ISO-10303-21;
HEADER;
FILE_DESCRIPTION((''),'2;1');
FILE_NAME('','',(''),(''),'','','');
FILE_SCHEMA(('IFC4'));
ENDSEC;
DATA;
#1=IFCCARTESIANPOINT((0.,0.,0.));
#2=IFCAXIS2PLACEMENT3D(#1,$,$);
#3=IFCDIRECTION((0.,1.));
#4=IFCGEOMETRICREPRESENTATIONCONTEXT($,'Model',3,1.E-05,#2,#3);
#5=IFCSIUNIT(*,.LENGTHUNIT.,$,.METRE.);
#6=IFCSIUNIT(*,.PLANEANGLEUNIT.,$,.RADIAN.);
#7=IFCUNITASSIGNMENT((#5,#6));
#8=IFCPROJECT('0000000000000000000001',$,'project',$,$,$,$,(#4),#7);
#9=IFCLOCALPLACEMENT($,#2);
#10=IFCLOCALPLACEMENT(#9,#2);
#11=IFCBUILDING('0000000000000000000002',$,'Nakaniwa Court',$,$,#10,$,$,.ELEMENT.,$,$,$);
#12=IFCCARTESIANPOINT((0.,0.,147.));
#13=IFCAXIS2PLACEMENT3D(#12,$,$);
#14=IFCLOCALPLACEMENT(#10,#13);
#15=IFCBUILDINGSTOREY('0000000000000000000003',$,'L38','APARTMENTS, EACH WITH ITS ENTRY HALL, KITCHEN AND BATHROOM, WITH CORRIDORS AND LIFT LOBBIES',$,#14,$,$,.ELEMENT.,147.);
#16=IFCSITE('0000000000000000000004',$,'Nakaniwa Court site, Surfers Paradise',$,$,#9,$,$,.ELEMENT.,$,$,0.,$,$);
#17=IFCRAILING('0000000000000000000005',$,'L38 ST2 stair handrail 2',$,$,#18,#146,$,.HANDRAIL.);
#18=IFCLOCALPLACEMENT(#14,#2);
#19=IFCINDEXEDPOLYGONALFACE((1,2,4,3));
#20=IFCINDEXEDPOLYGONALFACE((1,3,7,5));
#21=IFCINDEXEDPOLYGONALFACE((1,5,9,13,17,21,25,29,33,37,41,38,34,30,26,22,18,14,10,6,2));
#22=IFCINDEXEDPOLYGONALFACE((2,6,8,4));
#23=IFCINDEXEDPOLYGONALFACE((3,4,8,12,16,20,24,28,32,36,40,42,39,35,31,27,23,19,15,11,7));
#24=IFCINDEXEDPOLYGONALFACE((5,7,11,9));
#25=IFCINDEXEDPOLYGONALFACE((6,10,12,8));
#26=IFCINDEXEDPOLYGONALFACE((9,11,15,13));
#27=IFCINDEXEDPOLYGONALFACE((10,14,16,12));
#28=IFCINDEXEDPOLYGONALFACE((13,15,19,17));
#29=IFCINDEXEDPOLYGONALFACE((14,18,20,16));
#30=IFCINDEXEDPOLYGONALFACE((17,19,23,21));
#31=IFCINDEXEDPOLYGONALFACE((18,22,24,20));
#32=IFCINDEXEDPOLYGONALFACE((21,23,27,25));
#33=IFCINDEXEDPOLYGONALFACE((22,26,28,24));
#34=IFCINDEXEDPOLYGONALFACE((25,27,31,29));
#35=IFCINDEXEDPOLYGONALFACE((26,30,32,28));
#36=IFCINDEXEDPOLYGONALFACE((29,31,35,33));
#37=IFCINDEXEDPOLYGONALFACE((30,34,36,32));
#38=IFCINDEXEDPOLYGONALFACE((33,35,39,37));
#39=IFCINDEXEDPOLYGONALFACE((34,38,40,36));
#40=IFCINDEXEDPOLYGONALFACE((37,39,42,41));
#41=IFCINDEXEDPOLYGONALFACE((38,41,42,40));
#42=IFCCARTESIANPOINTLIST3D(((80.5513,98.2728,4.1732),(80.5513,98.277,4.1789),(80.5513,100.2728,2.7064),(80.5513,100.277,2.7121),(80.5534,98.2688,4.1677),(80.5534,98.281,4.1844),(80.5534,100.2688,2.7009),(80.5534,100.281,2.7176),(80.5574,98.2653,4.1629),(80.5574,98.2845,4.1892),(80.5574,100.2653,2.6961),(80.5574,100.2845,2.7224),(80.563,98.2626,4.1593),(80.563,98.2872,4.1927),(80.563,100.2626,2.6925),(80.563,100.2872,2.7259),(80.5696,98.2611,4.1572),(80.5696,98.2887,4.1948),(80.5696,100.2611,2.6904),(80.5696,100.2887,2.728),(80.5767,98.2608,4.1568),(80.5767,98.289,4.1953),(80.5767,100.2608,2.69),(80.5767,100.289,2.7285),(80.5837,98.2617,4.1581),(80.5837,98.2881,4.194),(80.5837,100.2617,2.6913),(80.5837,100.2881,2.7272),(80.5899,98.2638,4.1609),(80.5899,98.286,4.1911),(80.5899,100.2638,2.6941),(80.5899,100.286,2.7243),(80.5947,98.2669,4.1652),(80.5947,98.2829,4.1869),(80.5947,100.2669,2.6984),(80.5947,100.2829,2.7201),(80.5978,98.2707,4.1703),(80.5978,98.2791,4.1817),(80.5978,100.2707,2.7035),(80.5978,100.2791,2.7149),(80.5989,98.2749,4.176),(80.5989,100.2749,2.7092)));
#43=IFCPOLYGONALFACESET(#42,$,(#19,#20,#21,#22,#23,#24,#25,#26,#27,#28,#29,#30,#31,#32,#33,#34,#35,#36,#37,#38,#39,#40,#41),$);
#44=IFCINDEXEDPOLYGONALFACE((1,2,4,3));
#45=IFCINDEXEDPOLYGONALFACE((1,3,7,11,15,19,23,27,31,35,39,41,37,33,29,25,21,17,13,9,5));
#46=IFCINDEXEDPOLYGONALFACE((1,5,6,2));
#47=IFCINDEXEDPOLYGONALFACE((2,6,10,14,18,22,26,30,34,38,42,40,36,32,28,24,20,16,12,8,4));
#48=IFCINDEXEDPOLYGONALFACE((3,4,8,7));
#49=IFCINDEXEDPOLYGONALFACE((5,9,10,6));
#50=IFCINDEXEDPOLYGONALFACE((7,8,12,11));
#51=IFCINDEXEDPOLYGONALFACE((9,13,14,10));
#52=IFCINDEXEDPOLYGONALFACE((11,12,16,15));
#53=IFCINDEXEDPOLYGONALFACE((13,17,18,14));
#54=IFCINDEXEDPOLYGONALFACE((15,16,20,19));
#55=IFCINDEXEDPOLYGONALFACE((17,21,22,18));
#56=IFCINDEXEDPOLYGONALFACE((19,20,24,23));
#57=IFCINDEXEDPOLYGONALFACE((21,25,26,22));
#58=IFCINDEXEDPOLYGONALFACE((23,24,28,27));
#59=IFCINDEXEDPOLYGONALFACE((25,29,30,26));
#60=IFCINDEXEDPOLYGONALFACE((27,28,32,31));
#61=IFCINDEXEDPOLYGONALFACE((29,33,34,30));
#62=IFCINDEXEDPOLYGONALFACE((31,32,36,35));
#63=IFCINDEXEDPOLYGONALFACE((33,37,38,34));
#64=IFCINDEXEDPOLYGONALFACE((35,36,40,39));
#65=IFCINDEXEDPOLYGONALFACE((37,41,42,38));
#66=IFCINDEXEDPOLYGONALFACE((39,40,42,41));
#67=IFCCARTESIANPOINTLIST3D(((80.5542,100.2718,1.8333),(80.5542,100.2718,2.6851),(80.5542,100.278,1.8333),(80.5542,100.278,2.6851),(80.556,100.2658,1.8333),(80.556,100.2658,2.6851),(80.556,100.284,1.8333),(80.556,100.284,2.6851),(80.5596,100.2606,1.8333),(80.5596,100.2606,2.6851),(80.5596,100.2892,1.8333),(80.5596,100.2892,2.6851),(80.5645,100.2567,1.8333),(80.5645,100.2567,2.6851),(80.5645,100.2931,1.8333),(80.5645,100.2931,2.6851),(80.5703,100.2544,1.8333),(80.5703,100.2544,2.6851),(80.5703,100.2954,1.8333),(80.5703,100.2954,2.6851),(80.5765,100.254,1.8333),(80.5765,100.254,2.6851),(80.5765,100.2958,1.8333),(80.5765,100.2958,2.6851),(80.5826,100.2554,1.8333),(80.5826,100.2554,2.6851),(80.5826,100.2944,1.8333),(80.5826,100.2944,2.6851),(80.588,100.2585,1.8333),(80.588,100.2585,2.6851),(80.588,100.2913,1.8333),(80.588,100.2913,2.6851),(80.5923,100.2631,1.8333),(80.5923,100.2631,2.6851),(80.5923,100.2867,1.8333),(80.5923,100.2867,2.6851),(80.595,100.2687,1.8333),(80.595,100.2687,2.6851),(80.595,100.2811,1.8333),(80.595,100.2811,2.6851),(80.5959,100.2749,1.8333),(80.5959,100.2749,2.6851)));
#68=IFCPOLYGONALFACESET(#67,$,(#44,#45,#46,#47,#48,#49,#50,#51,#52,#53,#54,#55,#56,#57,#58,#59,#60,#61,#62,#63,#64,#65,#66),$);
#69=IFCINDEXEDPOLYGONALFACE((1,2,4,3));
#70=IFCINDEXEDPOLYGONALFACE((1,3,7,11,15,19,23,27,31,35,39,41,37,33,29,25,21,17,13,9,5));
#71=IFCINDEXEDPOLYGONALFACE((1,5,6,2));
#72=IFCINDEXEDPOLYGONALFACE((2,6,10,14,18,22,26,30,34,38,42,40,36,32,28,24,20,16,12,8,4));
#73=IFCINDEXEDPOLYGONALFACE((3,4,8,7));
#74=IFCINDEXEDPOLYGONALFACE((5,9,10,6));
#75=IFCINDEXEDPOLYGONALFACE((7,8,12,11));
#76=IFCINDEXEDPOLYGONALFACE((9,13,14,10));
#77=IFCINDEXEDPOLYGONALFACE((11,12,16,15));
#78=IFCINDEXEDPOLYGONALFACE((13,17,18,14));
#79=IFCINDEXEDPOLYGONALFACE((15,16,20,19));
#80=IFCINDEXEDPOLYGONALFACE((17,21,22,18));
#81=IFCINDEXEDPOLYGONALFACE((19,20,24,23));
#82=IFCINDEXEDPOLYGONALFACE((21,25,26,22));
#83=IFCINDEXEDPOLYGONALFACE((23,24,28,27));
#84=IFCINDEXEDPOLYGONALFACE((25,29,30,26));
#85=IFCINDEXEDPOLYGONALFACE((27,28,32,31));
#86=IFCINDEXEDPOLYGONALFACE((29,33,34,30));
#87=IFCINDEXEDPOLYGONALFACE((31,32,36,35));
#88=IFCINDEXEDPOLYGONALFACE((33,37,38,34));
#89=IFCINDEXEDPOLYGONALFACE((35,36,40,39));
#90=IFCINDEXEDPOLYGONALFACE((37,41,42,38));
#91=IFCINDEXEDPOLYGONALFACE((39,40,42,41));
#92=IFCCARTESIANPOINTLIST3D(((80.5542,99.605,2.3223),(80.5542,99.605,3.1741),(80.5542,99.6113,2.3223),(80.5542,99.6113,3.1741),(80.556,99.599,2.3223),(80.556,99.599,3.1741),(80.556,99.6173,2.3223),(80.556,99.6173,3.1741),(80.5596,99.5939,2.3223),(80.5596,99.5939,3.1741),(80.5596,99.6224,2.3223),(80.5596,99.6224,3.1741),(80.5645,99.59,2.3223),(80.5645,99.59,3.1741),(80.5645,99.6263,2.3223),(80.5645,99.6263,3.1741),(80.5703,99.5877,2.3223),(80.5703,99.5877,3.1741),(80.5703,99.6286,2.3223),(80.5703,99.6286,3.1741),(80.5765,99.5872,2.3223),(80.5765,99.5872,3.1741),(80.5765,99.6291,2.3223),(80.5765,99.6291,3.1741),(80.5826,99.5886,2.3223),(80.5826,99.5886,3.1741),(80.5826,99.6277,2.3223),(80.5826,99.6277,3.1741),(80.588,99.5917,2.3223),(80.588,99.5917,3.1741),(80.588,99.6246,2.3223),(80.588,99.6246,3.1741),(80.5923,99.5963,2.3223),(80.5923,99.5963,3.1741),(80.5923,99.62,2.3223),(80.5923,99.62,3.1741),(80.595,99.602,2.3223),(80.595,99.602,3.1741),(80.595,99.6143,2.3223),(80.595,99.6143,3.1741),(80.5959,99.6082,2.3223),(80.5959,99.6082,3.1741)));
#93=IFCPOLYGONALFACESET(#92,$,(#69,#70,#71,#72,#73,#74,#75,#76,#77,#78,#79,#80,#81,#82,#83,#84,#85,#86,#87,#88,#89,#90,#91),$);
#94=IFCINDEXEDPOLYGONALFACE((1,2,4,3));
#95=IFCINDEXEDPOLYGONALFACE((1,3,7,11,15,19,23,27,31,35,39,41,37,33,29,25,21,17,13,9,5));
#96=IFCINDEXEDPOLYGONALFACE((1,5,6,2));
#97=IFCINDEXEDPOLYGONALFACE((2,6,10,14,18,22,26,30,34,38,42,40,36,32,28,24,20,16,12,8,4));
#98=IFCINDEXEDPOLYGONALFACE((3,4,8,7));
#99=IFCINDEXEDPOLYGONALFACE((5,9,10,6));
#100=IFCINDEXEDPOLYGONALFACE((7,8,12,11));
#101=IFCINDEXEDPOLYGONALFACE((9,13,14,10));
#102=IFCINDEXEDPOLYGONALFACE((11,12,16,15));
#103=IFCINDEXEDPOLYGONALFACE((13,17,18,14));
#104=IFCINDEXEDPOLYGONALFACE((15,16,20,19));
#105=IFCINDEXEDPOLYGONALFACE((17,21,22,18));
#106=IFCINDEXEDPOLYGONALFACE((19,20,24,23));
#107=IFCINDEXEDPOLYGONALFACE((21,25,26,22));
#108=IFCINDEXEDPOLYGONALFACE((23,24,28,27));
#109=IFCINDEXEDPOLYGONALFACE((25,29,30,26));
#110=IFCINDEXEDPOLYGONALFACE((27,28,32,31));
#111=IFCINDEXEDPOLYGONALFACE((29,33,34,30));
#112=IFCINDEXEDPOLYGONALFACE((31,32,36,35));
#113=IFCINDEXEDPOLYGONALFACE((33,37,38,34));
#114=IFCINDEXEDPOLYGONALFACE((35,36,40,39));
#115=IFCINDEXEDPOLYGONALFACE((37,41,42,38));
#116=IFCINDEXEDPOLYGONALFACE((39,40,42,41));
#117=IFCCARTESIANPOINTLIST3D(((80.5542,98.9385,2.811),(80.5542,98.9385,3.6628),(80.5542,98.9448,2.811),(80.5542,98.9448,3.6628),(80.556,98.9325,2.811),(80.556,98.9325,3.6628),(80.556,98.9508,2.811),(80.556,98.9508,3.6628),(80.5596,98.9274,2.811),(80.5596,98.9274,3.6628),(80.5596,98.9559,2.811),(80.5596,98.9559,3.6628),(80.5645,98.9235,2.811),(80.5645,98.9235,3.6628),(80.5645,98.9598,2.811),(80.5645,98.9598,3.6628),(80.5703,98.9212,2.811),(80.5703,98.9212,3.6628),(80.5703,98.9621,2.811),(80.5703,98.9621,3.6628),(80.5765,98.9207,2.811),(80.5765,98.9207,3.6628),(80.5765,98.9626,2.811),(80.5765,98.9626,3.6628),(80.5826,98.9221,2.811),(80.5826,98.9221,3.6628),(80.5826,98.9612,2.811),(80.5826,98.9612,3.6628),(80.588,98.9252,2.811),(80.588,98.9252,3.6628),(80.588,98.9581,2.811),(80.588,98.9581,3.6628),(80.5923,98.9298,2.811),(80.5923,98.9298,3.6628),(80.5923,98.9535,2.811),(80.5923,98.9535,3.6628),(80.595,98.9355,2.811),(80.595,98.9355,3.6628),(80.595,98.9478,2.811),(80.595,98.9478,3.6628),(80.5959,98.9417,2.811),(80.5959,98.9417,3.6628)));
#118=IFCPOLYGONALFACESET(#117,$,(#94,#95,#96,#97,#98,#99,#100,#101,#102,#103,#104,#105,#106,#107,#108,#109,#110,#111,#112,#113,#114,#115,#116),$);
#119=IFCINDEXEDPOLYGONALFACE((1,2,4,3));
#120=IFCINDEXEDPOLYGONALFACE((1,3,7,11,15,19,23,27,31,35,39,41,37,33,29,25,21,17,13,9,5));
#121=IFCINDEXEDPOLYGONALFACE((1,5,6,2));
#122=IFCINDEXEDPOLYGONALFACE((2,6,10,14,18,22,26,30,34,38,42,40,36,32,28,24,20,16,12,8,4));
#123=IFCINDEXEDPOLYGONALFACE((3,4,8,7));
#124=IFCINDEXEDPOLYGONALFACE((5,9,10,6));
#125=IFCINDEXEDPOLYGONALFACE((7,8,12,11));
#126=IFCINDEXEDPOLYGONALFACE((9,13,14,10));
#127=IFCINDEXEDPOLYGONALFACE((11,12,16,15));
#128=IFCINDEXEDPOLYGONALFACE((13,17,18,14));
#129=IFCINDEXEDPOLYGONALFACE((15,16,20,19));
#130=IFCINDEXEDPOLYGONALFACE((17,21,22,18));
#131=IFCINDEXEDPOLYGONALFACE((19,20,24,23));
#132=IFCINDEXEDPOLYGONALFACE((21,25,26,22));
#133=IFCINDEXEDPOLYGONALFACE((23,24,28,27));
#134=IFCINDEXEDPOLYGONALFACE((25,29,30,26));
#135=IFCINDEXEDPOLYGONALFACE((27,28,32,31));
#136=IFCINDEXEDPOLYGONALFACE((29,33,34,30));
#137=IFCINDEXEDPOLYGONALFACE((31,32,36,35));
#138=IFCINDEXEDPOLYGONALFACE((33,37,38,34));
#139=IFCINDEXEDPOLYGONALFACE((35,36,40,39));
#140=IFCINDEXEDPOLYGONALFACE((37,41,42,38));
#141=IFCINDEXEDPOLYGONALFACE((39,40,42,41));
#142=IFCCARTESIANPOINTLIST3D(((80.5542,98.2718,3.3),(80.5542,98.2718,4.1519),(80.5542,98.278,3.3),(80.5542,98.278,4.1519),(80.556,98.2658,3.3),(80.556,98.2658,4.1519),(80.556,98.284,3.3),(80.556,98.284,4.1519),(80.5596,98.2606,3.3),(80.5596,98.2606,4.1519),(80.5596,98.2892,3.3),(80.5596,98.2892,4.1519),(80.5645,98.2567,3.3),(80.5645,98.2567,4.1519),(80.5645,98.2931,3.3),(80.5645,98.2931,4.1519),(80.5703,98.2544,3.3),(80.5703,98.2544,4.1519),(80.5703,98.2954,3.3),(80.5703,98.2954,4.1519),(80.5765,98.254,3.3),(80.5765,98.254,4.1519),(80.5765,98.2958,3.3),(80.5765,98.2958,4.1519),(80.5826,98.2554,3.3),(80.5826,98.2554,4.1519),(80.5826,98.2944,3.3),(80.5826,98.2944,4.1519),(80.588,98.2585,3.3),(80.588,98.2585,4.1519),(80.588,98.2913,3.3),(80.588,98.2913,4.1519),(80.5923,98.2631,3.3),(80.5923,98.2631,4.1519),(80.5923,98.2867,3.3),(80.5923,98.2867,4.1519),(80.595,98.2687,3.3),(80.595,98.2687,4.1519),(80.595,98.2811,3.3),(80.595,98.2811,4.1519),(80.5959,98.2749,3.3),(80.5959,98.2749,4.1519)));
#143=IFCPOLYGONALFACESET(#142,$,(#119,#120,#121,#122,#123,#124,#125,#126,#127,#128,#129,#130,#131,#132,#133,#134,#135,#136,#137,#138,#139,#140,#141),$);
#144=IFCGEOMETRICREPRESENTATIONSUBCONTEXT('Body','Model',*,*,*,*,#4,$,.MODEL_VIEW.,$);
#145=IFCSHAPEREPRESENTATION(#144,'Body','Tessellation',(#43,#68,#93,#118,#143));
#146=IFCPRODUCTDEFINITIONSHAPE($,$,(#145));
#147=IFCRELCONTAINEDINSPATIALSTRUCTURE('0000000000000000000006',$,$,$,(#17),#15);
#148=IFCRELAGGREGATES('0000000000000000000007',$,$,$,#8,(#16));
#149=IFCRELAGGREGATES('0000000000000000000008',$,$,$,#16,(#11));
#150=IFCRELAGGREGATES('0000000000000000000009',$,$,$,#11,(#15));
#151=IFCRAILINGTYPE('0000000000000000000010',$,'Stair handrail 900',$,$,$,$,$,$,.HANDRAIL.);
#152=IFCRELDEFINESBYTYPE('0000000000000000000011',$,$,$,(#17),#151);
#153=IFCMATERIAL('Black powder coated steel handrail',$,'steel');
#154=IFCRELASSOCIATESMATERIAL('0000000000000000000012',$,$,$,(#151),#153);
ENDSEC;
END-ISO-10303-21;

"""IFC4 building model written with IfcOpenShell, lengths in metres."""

from ifc_helpers import new_model, si_unit, direction, frame, origin, origin_2d, place, context, subcontext, project, spatial, circle, extrude, material, type_object, element, save


model = new_model("IFC4")

# Units and contexts
model_context = context("Model", 3, precision=1e-05, world=origin(), true_north=direction((0.0, 1.0)))
body_context = subcontext(model_context, "Body", "Model", "MODEL_VIEW")
ifc_project = project(units=[si_unit("LENGTHUNIT", "METRE"), si_unit("PLANEANGLEUNIT", "RADIAN")], contexts=[model_context])

# Site, building, storey
site_placement = place(None, origin())
site = spatial("IfcSite", under=ifc_project, at=site_placement, Name="Nakaniwa Court site, Surfers Paradise", CompositionType="ELEMENT", RefElevation=0.0)
building_placement = place(site_placement, origin())
building = spatial("IfcBuilding", under=site, at=building_placement, Name="Nakaniwa Court", CompositionType="ELEMENT")
storey_placement = place(building_placement, frame((0.0, 0.0, 147.0)))
storey = spatial("IfcBuildingStorey", under=building, at=storey_placement, Name="L38", Description="APARTMENTS, EACH WITH ITS ENTRY HALL, KITCHEN AND BATHROOM, WITH CORRIDORS AND LIFT LOBBIES", CompositionType="ELEMENT", Elevation=147.0)

# Railing
ifc_material_1 = material(Name="Black powder coated steel handrail", Category="steel")
railing_type_1 = type_object("IfcRailingType", Name="Stair handrail 900", PredefinedType="HANDRAIL", material=ifc_material_1)
railing_1_placement = place(storey_placement, frame((80.575, 100.2749, 1.8333)))
element("IfcRailing", 1, at=railing_1_placement, inside=storey, type_object=railing_type_1, Name="L38 ST2 stair handrail 2", PredefinedType="HANDRAIL", context=body_context, shape_type="SweptSolid", body=[
    extrude(circle(Radius=0.0239, at=origin_2d()), frame((0.0, 0.0, 0.876), z_axis=(0.0, -0.80638, 0.591398), x_axis=(1.0, 0.0, 0.0)), (0.0, 0.0, 1.0), 2.4802),
    extrude(circle(Radius=0.021, at=origin_2d()), origin(), (0.0, 0.0, 1.0), 0.8518),
    extrude(circle(Radius=0.021, at=origin_2d()), frame((0.0, -0.6667, 0.489)), (0.0, 0.0, 1.0), 0.8518),
    extrude(circle(Radius=0.021, at=origin_2d()), frame((0.0, -1.3333, 0.9778)), (0.0, 0.0, 1.0), 0.8518),
    extrude(circle(Radius=0.021, at=origin_2d()), frame((0.0, -2.0, 1.4668)), (0.0, 0.0, 1.0), 0.8518),
])

save(model, "model.ifc")
